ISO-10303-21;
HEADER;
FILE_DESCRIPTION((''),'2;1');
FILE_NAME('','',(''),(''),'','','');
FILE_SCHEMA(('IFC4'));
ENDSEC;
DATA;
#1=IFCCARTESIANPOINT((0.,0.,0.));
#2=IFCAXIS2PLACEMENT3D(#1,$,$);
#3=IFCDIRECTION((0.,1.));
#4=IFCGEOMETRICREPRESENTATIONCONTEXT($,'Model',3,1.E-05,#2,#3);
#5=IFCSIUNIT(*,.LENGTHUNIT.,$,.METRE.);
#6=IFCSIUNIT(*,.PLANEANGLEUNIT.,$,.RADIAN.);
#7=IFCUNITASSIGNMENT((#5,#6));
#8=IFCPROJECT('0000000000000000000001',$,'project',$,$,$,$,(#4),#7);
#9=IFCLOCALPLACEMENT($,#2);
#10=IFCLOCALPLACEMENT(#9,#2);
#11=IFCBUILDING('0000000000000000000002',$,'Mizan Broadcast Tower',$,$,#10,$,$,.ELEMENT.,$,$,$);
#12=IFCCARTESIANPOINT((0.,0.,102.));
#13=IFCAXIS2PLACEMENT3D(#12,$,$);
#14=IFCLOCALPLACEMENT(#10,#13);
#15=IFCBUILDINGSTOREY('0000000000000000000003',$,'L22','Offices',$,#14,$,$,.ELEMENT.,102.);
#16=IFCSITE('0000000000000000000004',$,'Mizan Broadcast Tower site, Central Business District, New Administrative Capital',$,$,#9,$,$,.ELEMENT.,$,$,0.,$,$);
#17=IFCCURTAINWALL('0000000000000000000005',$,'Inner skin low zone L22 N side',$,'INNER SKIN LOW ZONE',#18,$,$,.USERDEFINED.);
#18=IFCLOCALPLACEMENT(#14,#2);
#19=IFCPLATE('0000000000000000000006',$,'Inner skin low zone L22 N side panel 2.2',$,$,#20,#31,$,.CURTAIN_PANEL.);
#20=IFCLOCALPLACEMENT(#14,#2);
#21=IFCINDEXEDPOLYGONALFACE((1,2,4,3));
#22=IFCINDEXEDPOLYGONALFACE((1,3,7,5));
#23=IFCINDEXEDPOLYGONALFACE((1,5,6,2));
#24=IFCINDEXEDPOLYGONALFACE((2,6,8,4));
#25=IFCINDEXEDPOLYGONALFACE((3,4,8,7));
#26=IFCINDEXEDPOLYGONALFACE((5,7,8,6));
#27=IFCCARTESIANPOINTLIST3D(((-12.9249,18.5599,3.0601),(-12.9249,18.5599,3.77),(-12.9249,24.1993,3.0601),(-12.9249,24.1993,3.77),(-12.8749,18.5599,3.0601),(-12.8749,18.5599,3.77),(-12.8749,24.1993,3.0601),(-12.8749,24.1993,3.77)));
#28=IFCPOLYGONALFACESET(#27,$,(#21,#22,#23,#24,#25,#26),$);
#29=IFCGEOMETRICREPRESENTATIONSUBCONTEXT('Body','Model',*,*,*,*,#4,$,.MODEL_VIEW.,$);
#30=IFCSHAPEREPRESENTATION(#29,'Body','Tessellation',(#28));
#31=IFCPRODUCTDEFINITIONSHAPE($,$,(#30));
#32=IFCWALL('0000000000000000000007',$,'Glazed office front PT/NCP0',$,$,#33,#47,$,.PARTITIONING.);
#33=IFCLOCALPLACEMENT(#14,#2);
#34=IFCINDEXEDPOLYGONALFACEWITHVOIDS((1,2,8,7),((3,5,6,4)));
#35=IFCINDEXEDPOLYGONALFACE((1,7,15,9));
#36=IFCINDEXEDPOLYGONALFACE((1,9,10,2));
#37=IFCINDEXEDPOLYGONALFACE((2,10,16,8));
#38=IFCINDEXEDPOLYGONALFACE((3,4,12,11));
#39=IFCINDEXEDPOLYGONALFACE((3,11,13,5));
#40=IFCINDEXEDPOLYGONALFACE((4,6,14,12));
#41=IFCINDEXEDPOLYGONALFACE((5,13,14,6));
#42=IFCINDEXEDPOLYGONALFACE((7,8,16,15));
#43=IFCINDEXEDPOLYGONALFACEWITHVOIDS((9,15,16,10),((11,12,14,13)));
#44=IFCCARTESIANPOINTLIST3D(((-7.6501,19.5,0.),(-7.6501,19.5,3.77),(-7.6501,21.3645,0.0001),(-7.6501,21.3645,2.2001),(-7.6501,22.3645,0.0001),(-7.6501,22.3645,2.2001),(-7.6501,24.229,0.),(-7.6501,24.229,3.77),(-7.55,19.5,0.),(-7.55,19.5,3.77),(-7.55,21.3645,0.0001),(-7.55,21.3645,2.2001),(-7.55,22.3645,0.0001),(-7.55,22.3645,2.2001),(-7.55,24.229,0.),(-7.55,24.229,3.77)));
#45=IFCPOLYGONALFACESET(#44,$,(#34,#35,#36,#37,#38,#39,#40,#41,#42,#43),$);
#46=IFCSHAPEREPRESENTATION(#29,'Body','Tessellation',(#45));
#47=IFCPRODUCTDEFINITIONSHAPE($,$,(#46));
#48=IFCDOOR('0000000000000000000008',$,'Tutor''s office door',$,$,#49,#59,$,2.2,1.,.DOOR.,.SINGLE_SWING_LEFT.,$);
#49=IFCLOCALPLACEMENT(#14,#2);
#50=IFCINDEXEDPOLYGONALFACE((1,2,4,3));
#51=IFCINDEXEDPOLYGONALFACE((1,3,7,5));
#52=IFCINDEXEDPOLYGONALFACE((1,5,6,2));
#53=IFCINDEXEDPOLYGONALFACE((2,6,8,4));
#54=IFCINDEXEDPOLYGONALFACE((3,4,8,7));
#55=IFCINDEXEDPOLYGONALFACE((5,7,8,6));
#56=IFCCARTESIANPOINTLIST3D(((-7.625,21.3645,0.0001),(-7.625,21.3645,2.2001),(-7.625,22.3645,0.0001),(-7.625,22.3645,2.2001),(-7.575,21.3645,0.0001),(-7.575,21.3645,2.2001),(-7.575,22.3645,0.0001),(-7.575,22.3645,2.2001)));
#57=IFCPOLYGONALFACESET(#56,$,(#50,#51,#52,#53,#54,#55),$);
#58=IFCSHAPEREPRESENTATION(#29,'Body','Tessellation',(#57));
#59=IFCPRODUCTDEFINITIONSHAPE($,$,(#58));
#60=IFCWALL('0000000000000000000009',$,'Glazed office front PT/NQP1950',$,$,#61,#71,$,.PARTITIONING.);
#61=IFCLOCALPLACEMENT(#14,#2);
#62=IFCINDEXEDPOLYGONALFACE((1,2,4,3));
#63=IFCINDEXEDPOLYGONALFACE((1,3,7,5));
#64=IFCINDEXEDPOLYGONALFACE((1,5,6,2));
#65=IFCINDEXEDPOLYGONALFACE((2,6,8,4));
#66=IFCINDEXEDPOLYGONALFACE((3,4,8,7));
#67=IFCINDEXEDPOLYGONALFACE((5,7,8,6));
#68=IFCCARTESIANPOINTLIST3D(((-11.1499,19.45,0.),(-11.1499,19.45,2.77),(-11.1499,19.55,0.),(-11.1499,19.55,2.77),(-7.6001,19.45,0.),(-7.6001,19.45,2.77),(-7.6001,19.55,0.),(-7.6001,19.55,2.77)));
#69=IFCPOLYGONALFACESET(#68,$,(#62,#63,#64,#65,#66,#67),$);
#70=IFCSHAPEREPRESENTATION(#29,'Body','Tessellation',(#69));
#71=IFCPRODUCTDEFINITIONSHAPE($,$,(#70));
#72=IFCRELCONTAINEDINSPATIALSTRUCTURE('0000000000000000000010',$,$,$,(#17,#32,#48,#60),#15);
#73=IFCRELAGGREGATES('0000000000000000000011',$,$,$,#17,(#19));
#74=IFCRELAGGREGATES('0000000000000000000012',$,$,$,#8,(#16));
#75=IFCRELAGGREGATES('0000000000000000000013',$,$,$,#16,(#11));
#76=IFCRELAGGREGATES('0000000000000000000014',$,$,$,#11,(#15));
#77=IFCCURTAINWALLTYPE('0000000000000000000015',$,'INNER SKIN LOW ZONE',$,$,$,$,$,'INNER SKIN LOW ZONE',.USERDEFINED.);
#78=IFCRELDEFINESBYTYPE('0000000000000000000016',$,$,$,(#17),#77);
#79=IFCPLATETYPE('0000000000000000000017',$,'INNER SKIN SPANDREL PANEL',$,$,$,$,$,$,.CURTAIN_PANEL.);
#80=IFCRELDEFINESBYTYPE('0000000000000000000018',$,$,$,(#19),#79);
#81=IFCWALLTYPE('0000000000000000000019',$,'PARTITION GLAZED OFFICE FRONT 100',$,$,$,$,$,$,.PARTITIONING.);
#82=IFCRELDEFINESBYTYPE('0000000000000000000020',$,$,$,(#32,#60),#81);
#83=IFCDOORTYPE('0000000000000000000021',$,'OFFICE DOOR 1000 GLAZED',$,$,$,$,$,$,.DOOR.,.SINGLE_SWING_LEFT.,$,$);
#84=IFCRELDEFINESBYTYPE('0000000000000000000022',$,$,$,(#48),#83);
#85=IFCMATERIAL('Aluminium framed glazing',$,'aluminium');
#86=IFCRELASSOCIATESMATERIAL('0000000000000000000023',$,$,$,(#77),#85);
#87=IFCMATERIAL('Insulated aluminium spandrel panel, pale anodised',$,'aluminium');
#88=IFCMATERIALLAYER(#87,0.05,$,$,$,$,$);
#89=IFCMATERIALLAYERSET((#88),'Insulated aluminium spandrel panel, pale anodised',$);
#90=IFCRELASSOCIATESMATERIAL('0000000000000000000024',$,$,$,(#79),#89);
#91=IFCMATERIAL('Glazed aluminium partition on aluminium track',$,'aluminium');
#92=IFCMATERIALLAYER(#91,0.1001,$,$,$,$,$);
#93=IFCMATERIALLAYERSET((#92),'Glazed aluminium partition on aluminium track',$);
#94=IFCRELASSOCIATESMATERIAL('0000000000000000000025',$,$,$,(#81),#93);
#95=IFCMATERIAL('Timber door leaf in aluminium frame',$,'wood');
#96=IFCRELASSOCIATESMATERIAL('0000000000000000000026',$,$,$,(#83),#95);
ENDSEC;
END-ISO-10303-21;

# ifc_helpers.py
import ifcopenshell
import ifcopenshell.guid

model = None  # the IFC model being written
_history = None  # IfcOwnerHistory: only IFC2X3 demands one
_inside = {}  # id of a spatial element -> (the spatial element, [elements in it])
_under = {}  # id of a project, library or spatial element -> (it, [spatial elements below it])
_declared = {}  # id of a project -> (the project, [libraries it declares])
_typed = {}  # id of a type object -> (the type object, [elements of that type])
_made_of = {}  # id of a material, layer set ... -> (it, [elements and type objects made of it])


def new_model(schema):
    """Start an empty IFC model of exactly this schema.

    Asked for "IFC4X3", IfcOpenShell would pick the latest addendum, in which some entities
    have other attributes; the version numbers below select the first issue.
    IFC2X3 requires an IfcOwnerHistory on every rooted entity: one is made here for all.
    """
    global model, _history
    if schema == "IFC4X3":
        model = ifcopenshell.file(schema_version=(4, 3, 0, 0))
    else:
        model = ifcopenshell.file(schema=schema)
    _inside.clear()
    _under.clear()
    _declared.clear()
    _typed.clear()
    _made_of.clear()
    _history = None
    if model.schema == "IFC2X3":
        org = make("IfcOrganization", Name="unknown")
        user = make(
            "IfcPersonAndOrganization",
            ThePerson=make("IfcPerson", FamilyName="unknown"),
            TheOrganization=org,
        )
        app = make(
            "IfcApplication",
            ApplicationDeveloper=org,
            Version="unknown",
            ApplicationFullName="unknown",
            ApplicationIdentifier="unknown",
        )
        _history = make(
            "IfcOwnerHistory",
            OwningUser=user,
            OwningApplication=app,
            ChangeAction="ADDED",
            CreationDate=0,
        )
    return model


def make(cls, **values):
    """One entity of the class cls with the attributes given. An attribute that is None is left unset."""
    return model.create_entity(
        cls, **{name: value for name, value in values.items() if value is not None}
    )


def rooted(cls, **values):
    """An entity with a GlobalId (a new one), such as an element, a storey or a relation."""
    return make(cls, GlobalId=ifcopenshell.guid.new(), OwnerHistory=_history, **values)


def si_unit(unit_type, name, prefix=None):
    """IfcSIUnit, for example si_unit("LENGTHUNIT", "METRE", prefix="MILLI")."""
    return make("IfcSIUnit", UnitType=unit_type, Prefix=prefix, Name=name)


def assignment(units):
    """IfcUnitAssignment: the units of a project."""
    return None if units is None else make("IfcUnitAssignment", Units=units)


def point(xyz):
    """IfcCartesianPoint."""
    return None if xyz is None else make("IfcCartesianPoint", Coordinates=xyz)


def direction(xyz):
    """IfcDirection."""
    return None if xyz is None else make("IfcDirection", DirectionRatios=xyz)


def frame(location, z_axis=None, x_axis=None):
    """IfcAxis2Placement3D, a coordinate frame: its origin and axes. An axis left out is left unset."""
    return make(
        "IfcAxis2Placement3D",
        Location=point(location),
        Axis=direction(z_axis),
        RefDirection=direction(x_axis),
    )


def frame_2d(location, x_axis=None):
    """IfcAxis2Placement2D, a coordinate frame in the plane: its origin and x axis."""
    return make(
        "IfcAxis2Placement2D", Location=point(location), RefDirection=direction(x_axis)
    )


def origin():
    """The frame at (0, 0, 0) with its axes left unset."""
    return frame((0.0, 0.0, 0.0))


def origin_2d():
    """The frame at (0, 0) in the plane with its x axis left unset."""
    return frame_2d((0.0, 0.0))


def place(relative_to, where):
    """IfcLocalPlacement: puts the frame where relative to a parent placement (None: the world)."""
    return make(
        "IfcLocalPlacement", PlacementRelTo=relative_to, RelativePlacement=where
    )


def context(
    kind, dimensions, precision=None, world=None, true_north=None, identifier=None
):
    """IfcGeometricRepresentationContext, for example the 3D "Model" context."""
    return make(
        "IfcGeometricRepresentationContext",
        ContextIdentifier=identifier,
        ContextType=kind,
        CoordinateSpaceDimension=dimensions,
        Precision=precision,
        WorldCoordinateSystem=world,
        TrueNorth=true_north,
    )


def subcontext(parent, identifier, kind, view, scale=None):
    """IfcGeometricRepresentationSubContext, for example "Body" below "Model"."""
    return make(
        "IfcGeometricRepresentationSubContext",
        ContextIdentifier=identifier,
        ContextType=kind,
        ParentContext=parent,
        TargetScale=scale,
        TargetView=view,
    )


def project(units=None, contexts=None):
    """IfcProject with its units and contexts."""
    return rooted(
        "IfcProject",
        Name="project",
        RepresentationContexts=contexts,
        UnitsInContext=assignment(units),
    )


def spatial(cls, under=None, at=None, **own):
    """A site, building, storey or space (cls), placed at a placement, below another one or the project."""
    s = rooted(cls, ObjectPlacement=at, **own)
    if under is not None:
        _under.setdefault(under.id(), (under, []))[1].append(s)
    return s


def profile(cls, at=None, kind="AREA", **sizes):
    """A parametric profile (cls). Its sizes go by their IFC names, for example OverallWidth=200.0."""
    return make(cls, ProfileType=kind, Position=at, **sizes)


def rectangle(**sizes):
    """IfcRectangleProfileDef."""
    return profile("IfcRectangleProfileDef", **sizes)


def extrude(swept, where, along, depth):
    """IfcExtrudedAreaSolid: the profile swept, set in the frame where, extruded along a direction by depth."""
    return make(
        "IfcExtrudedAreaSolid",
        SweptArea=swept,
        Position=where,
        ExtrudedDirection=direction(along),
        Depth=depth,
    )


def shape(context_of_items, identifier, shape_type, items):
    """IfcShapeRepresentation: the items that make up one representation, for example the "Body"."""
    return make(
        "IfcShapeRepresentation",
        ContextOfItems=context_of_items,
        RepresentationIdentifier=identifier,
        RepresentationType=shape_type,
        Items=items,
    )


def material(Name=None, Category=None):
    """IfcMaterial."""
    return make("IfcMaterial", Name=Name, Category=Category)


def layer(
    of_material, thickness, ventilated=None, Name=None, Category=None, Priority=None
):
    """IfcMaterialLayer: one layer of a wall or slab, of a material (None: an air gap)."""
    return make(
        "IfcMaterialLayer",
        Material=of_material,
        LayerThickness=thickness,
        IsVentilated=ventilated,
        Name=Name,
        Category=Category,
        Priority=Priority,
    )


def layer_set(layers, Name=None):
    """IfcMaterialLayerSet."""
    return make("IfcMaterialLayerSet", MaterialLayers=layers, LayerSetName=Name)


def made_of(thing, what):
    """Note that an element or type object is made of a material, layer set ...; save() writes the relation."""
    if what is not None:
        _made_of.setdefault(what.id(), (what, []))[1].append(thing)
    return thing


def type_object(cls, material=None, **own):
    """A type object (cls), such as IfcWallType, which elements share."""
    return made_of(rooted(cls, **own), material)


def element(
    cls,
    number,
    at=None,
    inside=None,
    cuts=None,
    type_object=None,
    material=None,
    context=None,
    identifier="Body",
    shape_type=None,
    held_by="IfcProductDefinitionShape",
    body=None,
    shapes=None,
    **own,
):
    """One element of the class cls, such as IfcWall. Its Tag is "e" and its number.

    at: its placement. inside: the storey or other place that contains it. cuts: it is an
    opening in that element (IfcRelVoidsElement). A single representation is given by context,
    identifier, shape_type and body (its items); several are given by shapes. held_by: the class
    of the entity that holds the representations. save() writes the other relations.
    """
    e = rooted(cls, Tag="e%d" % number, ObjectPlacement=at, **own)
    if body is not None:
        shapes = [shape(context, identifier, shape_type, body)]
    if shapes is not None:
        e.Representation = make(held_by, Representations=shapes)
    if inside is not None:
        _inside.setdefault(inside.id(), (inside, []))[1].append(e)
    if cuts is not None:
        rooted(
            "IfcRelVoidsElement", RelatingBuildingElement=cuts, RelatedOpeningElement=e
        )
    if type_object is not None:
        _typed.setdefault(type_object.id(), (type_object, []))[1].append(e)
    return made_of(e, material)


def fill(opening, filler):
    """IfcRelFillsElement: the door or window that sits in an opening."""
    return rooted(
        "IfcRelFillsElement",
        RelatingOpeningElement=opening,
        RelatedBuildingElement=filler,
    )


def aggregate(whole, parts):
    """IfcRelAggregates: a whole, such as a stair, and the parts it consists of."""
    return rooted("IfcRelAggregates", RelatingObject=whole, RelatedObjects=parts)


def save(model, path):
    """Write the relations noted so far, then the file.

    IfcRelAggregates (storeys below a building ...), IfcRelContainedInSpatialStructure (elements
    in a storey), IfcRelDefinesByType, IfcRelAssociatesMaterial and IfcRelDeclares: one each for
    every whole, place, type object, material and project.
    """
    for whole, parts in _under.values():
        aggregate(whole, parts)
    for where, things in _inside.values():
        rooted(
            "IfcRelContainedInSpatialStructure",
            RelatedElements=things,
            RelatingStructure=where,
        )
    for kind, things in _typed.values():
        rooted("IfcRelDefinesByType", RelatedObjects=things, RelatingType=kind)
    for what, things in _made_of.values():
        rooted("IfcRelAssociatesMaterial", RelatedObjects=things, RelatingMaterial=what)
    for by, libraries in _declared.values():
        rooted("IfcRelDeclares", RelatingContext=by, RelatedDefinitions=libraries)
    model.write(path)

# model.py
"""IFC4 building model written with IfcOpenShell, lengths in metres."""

from ifc_helpers import new_model, si_unit, direction, frame, frame_2d, origin, origin_2d, place, context, subcontext, project, spatial, rectangle, extrude, material, layer, layer_set, type_object, element, fill, aggregate, save


model = new_model("IFC4")

# Units and contexts
model_context = context("Model", 3, precision=1e-05, world=origin(), true_north=direction((0.0, 1.0)))
body_context = subcontext(model_context, "Body", "Model", "MODEL_VIEW")
ifc_project = project(units=[si_unit("LENGTHUNIT", "METRE"), si_unit("PLANEANGLEUNIT", "RADIAN")], contexts=[model_context])

# Site, building, storey
site_placement = place(None, origin())
site = spatial("IfcSite", under=ifc_project, at=site_placement, Name="Mizan Broadcast Tower site, Central Business District, New Administrative Capital", CompositionType="ELEMENT", RefElevation=0.0)
building_placement = place(site_placement, origin())
building = spatial("IfcBuilding", under=site, at=building_placement, Name="Mizan Broadcast Tower", CompositionType="ELEMENT")
storey_placement = place(building_placement, frame((0.0, 0.0, 102.0)))
storey = spatial("IfcBuildingStorey", under=building, at=storey_placement, Name="L22", Description="Offices", CompositionType="ELEMENT", Elevation=102.0)

# Curtain wall, plate
ifc_material_1 = material(Name="Aluminium framed glazing", Category="aluminium")
curtain_wall_type = type_object("IfcCurtainWallType", Name="INNER SKIN LOW ZONE", ElementType="INNER SKIN LOW ZONE", PredefinedType="USERDEFINED", material=ifc_material_1)
curtain_wall_placement = place(storey_placement, origin())
curtain_wall = element("IfcCurtainWall", 1, at=curtain_wall_placement, inside=storey, type_object=curtain_wall_type, Name="Inner skin low zone L22 N side", ObjectType="INNER SKIN LOW ZONE", PredefinedType="USERDEFINED")
ifc_material_2 = material(Name="Insulated aluminium spandrel panel, pale anodised", Category="aluminium")
ifc_layer_1 = layer(ifc_material_2, 0.05)
ifc_layer_set_1 = layer_set([ifc_layer_1], Name="Insulated aluminium spandrel panel, pale anodised")
plate_type = type_object("IfcPlateType", Name="INNER SKIN SPANDREL PANEL", PredefinedType="CURTAIN_PANEL", material=ifc_layer_set_1)
plate_placement = place(storey_placement, frame((-12.8999, 21.3796, 3.0601), z_axis=(0.0, 0.0, 1.0), x_axis=(0.0, -1.0, 0.0)))
plate = element("IfcPlate", 2, at=plate_placement, type_object=plate_type, Name="Inner skin low zone L22 N side panel 2.2", PredefinedType="CURTAIN_PANEL", context=body_context, shape_type="SweptSolid", body=[
    extrude(rectangle(XDim=5.6394, YDim=0.05, at=origin_2d()), origin(), (0.0, 0.0, 1.0), 0.71),
])
aggregate(curtain_wall, [plate])

# Wall, opening, door
ifc_material_3 = material(Name="Glazed aluminium partition on aluminium track", Category="aluminium")
ifc_layer_2 = layer(ifc_material_3, 0.1001)
ifc_layer_set_2 = layer_set([ifc_layer_2], Name="Glazed aluminium partition on aluminium track")
wall_type = type_object("IfcWallType", Name="PARTITION GLAZED OFFICE FRONT 100", PredefinedType="PARTITIONING", material=ifc_layer_set_2)
wall_1_placement = place(storey_placement, frame((-7.6001, 19.5, 0.0), z_axis=(0.0, 0.0, 1.0), x_axis=(0.0, 1.0, 0.0)))
wall_1 = element("IfcWall", 3, at=wall_1_placement, inside=storey, type_object=wall_type, Name="Glazed office front PT/NCP0", PredefinedType="PARTITIONING", context=body_context, shape_type="SweptSolid", body=[
    extrude(rectangle(XDim=4.729, YDim=0.1001, at=frame_2d((2.3645, 0.0))), origin(), (0.0, 0.0, 1.0), 3.77),
])
opening_placement = place(wall_1_placement, frame((1.8645, 0.0, 0.0)))
opening = element("IfcOpeningElement", 4, at=opening_placement, cuts=wall_1, PredefinedType="OPENING", context=body_context, shape_type="SweptSolid", body=[
    extrude(rectangle(XDim=1.0, YDim=2.2, at=frame_2d((0.5, 1.1001))), frame((0.0, 0.0601, 0.0), z_axis=(0.0, -1.0, 0.0), x_axis=(1.0, 0.0, 0.0)), (0.0, 0.0, 1.0), 0.1201),
])
ifc_material_4 = material(Name="Timber door leaf in aluminium frame", Category="wood")
door_type = type_object("IfcDoorType", Name="OFFICE DOOR 1000 GLAZED", OperationType="SINGLE_SWING_LEFT", PredefinedType="DOOR", material=ifc_material_4)
door_placement = place(opening_placement, origin())
door = element("IfcDoor", 5, at=door_placement, inside=storey, type_object=door_type, Name="Tutor's office door", OperationType="SINGLE_SWING_LEFT", OverallHeight=2.2, OverallWidth=1.0, PredefinedType="DOOR", context=body_context, shape_type="SweptSolid", body=[
    extrude(rectangle(XDim=1.0, YDim=2.2, at=frame_2d((0.5, 1.1001))), frame((0.0, 0.0249, 0.0), z_axis=(0.0, -1.0, 0.0), x_axis=(1.0, 0.0, 0.0)), (0.0, 0.0, 1.0), 0.05),
])
fill(opening, door)

# Wall
wall_2_placement = place(storey_placement, frame((-7.6001, 19.5, 0.0), z_axis=(0.0, 0.0, 1.0), x_axis=(-1.0, 0.0, 0.0)))
element("IfcWall", 6, at=wall_2_placement, inside=storey, type_object=wall_type, Name="Glazed office front PT/NQP1950", PredefinedType="PARTITIONING", context=body_context, shape_type="SweptSolid", body=[
    extrude(rectangle(XDim=3.5498, YDim=0.1001, at=frame_2d((1.7749, 0.0))), origin(), (0.0, 0.0, 1.0), 2.77),
])

save(model, "model.ifc")
